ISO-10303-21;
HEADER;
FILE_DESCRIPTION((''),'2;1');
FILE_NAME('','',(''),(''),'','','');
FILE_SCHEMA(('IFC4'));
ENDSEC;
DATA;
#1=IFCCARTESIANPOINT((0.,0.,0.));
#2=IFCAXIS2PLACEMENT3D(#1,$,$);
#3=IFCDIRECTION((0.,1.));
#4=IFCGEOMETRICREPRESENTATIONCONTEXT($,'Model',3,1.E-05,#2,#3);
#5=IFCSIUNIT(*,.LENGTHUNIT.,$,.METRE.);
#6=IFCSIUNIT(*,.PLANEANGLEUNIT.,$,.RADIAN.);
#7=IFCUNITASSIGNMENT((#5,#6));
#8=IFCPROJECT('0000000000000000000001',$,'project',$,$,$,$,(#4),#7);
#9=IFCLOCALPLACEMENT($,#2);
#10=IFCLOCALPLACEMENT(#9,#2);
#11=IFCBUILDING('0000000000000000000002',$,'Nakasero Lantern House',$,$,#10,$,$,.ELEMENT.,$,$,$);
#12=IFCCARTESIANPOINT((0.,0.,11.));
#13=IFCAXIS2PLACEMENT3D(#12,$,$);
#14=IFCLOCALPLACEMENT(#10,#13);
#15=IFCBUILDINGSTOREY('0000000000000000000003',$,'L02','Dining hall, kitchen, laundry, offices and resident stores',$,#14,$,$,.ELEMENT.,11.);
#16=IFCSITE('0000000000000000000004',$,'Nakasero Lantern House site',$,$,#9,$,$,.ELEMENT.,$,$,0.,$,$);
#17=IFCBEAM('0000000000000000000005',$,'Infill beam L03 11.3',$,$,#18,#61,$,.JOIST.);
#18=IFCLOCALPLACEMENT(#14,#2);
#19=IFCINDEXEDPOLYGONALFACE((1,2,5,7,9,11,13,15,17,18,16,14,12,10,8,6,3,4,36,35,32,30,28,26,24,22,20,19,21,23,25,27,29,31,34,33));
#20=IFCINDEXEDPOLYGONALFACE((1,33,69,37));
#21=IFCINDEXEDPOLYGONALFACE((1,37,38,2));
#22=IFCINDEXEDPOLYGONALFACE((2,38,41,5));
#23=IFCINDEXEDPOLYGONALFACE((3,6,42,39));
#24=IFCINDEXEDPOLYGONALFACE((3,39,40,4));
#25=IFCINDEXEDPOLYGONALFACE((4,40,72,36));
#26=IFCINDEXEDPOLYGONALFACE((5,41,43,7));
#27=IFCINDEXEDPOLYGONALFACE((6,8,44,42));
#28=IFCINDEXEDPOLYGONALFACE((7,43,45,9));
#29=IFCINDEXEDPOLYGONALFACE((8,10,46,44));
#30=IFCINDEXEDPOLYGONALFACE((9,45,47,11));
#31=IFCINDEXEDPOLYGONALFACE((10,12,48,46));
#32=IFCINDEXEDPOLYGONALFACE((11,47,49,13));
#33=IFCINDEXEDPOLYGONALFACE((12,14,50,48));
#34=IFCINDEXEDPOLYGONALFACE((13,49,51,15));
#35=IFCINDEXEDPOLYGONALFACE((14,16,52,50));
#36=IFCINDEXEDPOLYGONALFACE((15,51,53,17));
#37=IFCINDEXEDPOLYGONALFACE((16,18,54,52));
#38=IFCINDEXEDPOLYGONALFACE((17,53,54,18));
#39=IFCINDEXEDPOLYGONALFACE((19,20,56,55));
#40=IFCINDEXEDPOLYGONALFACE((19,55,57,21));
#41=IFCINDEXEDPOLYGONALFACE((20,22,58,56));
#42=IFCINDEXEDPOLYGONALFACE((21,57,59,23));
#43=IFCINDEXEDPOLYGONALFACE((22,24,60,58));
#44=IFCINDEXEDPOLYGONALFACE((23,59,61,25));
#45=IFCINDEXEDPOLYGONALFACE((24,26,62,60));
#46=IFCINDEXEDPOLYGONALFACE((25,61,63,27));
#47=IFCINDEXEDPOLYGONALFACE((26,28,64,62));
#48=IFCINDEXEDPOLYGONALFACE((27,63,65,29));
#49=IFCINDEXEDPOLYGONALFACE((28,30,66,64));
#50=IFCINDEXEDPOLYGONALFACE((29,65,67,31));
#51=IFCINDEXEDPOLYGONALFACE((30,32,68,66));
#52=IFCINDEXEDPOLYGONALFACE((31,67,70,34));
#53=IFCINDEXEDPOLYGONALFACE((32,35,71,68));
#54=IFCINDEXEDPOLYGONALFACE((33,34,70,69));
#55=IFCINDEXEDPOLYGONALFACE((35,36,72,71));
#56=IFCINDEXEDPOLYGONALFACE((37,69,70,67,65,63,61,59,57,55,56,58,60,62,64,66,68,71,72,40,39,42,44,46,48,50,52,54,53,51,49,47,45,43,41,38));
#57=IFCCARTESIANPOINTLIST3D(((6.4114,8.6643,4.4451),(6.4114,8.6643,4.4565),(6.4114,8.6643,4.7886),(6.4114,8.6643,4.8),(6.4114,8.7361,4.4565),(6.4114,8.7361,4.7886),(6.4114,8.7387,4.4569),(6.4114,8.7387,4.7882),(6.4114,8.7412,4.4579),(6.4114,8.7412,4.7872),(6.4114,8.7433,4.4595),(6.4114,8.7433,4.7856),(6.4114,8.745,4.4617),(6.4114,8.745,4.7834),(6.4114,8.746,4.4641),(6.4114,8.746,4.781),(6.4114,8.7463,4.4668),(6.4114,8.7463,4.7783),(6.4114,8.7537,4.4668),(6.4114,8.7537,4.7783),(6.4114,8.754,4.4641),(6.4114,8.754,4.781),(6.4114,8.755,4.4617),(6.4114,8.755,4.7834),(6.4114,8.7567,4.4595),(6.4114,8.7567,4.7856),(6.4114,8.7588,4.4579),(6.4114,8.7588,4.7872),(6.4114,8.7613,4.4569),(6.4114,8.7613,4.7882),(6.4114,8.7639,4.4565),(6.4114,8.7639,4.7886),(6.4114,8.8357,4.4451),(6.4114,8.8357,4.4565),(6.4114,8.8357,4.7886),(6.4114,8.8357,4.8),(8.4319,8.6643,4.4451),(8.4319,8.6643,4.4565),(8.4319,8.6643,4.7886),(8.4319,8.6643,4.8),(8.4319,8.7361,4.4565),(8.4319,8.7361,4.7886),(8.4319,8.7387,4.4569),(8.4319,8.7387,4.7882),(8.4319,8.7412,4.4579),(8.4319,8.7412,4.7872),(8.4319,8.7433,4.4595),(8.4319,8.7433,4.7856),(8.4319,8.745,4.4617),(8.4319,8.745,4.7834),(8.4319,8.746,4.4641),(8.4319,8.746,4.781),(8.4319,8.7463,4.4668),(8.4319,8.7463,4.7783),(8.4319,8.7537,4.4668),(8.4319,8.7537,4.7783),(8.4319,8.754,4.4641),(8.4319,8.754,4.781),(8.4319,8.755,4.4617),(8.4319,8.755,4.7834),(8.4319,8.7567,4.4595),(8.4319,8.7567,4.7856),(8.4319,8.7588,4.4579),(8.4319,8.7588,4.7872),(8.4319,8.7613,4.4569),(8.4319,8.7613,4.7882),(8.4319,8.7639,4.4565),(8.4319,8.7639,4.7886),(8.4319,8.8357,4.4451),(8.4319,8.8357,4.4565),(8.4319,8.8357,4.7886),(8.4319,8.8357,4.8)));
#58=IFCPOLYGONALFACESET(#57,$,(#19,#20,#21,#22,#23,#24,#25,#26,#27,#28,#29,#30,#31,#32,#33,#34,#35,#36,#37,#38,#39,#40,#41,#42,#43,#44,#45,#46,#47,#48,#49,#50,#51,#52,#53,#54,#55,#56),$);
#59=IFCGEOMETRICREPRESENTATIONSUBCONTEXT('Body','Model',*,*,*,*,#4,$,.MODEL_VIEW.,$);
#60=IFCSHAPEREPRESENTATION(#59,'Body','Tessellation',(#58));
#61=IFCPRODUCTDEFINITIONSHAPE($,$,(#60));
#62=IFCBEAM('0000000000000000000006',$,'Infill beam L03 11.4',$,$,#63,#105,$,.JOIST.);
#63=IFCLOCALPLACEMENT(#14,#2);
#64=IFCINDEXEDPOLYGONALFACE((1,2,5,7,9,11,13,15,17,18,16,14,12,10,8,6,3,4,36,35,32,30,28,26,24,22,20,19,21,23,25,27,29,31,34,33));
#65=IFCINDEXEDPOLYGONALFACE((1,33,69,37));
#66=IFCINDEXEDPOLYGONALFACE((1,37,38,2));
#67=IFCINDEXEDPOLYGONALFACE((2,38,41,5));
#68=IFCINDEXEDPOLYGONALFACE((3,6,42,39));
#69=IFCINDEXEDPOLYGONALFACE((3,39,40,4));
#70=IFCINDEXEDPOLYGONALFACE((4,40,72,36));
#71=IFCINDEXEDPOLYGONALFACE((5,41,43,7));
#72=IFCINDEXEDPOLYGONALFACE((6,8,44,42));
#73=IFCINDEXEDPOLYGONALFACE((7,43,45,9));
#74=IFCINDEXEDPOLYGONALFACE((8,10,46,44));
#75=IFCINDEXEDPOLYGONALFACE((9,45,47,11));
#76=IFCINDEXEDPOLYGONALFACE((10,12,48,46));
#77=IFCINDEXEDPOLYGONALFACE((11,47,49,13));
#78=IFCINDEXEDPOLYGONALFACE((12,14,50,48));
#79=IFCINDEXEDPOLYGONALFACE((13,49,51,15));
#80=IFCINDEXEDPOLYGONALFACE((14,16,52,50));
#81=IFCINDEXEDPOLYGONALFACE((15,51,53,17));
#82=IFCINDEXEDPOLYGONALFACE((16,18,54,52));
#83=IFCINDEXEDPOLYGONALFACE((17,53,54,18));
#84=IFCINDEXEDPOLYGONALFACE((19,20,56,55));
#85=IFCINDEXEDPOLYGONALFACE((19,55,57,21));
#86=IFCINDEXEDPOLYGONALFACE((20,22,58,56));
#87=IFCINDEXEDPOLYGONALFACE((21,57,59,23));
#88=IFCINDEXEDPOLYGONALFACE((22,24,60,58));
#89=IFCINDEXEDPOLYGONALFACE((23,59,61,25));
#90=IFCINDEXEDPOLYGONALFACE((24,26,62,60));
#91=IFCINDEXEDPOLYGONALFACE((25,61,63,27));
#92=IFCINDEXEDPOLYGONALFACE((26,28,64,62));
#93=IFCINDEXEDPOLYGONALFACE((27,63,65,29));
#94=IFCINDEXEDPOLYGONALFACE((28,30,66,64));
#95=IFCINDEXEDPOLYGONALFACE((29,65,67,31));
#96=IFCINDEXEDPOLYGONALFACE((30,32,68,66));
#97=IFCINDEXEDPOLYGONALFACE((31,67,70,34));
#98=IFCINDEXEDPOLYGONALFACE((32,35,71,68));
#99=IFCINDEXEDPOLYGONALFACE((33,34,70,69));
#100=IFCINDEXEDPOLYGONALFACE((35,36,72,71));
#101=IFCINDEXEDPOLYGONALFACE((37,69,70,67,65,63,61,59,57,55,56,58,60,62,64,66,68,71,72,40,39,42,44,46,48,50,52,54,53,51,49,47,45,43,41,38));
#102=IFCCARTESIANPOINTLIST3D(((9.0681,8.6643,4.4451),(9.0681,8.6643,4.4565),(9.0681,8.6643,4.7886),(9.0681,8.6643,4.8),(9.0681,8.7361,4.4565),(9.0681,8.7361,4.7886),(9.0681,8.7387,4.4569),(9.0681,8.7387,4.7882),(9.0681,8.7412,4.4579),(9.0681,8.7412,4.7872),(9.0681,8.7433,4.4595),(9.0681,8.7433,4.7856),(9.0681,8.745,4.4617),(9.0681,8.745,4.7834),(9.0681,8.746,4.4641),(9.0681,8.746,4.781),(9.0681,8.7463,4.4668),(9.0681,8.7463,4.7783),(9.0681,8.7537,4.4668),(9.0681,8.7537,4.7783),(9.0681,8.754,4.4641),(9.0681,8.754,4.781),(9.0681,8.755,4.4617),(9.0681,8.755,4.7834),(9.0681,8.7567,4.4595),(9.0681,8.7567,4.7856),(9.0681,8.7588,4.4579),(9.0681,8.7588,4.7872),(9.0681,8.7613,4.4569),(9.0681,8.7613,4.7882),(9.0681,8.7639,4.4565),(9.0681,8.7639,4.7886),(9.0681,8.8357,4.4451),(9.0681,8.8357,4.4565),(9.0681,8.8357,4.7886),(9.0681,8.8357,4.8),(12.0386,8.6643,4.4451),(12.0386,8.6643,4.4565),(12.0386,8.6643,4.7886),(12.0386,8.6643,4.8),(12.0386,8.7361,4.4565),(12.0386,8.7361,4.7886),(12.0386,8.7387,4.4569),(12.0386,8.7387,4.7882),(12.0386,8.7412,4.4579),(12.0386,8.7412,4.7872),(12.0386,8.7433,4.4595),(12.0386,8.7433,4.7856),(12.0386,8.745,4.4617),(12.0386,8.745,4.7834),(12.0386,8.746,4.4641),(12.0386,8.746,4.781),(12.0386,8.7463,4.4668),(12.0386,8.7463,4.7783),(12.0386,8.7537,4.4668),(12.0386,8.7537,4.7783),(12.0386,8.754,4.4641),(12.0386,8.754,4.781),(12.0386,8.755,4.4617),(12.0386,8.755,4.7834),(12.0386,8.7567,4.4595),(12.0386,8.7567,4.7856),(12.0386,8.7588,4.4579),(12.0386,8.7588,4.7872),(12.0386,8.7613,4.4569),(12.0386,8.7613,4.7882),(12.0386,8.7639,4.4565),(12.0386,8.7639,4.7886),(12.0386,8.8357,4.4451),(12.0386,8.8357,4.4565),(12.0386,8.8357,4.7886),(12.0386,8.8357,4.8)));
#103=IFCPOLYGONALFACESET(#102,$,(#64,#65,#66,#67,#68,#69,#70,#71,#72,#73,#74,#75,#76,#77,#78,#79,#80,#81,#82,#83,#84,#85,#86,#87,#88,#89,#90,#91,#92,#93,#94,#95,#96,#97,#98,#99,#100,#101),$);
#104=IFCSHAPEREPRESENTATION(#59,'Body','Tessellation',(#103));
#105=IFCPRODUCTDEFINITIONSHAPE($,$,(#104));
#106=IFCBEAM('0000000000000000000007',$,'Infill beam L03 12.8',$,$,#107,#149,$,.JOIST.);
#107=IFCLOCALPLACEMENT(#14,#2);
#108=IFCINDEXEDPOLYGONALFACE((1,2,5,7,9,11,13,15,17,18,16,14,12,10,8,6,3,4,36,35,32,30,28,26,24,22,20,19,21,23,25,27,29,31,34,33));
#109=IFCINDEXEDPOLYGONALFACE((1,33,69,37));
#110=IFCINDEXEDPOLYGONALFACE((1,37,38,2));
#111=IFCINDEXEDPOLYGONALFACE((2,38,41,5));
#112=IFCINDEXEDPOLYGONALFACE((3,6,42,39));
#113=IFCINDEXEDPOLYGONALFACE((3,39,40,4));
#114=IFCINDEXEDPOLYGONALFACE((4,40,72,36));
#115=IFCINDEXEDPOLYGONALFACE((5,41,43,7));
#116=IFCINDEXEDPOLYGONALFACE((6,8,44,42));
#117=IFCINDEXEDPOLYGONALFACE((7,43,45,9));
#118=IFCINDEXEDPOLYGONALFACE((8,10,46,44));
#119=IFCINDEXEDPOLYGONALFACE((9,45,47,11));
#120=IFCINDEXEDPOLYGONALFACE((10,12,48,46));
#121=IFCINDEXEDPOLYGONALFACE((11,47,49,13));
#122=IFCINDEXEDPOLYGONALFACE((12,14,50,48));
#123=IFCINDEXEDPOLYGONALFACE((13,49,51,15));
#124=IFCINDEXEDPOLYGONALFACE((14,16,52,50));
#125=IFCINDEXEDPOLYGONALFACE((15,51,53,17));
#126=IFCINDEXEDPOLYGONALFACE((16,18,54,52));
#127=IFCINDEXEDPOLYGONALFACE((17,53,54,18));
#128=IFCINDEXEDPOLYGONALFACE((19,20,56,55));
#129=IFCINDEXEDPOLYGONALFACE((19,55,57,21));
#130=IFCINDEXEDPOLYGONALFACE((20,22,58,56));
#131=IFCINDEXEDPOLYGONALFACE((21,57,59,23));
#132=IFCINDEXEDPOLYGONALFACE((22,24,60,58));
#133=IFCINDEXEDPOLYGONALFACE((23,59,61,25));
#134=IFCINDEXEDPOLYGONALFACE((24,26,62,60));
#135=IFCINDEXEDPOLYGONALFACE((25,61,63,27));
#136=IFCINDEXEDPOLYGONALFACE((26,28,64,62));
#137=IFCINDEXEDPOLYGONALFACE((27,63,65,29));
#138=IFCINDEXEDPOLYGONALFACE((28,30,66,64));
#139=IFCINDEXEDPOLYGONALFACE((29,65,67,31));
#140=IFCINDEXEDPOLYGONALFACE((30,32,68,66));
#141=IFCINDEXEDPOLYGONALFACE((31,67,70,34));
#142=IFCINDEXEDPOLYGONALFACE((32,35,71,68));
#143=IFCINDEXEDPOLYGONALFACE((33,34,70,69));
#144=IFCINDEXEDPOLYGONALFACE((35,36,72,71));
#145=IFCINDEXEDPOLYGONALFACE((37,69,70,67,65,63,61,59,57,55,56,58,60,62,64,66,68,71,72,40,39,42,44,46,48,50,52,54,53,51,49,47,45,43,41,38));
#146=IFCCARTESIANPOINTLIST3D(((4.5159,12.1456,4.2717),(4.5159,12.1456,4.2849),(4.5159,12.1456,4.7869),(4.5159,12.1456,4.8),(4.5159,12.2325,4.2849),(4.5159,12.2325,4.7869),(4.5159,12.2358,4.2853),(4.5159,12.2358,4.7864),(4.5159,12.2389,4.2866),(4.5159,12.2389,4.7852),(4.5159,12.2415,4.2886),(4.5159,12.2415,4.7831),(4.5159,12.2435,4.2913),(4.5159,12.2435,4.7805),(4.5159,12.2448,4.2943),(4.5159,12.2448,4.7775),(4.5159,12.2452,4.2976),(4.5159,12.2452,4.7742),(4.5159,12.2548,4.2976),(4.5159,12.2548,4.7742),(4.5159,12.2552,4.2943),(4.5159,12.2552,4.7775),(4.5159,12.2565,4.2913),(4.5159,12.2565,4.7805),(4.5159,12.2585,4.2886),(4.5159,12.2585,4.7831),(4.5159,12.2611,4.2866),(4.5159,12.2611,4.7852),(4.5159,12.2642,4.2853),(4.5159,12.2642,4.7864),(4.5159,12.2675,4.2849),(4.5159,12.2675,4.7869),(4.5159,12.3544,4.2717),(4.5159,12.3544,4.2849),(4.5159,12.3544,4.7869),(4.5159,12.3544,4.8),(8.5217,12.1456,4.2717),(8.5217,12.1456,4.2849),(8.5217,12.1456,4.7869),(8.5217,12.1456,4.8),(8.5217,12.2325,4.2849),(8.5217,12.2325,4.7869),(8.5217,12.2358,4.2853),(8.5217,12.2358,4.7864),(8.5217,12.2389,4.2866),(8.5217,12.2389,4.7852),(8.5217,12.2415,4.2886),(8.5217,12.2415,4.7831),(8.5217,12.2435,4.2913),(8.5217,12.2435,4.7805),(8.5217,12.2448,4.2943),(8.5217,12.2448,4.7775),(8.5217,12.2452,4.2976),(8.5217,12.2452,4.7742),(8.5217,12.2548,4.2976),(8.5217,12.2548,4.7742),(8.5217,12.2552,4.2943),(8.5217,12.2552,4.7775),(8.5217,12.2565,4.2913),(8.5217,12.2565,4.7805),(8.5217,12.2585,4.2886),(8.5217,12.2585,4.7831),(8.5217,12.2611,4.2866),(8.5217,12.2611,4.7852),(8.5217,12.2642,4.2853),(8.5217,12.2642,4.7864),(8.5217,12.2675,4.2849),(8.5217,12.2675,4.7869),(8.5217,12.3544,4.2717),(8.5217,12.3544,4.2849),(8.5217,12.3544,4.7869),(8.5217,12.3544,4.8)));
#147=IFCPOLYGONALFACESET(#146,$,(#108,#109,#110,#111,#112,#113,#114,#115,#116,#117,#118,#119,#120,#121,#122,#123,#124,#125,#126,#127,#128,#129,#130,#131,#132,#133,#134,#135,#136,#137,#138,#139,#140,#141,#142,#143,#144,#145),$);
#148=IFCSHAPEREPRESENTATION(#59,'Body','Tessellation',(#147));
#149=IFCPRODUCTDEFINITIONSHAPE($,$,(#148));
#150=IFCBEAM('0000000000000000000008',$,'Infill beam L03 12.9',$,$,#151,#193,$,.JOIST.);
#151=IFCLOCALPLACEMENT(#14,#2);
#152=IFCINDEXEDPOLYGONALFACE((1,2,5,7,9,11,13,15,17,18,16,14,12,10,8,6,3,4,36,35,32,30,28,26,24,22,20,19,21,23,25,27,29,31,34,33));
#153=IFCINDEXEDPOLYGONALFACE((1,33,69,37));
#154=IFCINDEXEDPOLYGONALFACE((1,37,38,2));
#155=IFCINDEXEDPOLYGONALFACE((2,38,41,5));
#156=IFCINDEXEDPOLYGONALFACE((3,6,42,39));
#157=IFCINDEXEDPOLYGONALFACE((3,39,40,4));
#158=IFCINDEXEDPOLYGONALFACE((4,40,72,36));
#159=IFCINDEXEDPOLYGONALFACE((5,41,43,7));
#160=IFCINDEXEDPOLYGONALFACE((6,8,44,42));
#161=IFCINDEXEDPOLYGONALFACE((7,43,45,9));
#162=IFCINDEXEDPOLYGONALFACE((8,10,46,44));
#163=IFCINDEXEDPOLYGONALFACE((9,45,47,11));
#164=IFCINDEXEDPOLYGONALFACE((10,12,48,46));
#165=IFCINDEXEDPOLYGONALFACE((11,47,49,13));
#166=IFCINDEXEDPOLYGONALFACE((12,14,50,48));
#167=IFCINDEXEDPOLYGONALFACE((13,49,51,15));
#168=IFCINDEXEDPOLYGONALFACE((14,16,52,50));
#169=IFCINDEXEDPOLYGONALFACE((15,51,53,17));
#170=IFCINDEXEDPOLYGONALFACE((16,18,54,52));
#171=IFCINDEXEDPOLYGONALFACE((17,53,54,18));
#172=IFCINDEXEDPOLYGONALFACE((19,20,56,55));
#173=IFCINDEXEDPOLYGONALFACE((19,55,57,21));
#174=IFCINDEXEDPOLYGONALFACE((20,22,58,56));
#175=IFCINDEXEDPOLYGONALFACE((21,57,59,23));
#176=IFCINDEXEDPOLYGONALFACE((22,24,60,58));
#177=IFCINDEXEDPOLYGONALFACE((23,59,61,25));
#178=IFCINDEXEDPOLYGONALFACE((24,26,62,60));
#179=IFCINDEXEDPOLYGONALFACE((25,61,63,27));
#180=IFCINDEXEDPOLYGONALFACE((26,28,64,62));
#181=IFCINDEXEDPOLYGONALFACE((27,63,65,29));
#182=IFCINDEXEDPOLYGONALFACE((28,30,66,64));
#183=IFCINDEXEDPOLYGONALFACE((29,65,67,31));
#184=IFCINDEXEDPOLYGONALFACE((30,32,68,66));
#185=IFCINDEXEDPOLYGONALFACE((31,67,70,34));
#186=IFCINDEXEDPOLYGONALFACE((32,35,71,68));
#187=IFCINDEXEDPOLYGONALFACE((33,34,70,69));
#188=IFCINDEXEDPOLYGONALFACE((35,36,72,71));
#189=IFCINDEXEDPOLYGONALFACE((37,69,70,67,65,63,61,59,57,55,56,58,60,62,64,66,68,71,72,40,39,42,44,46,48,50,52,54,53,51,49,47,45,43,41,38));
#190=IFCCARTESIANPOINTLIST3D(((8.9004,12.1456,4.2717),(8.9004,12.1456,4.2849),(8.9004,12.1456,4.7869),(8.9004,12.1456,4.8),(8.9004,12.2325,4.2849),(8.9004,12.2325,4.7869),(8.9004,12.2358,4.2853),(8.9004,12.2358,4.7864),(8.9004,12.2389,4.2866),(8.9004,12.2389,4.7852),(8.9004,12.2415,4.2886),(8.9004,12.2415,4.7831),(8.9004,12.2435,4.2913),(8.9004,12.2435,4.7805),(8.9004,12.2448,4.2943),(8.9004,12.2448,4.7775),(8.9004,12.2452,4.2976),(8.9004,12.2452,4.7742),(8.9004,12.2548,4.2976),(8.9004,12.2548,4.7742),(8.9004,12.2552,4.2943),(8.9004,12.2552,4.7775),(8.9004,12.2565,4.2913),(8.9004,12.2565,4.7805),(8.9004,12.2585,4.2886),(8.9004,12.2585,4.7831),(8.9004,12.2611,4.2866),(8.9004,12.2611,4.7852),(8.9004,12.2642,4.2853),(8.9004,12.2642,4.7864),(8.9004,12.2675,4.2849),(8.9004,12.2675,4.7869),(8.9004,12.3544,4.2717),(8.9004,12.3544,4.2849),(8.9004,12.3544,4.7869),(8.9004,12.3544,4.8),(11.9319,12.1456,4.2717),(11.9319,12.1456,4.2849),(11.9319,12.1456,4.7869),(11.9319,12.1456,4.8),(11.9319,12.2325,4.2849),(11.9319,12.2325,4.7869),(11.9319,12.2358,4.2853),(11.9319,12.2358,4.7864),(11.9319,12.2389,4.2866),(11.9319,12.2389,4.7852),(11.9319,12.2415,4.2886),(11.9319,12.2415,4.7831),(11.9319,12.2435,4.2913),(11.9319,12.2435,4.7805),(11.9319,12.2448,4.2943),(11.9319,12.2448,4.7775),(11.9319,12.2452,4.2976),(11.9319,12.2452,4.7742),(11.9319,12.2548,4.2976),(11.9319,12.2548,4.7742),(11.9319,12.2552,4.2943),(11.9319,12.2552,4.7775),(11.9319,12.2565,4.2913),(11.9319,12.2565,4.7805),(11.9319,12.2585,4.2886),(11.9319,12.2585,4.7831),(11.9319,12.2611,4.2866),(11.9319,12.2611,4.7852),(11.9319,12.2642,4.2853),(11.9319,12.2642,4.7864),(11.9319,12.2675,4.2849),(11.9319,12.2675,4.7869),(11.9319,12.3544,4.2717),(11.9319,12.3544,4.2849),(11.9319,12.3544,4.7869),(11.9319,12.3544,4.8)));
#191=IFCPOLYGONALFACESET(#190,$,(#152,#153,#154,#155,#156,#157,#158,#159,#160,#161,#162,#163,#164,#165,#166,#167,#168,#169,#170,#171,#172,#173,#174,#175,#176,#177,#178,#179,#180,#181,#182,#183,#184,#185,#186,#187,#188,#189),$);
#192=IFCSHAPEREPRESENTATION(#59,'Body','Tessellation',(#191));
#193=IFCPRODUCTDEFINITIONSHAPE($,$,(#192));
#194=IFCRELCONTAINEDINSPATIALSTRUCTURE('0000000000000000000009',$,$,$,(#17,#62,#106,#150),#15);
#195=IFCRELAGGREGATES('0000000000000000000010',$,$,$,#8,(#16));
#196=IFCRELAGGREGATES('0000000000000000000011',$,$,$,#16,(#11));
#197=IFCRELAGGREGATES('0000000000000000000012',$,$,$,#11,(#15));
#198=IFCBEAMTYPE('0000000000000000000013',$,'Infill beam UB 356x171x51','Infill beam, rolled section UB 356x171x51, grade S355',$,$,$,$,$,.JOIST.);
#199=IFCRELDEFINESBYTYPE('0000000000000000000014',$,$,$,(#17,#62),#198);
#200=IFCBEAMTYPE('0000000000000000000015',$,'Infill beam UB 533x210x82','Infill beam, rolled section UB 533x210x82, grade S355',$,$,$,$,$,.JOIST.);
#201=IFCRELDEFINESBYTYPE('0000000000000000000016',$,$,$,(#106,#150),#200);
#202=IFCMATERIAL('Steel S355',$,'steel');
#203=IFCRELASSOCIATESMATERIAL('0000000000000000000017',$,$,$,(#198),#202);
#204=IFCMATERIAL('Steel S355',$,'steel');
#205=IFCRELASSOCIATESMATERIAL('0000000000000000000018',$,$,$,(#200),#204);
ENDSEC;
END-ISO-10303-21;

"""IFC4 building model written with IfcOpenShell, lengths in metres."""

from ifc_helpers import new_model, si_unit, direction, frame, origin, origin_2d, place, context, subcontext, project, spatial, i_section, extrude, material, material_profile, profile_set, type_object, element, save


model = new_model("IFC4")

# Units and contexts
model_context = context("Model", 3, precision=1e-05, world=origin(), true_north=direction((0.0, 1.0)))
body_context = subcontext(model_context, "Body", "Model", "MODEL_VIEW")
ifc_project = project(units=[si_unit("LENGTHUNIT", "METRE"), si_unit("PLANEANGLEUNIT", "RADIAN")], contexts=[model_context])

# Site, building, storey
site_placement = place(None, origin())
site = spatial("IfcSite", under=ifc_project, at=site_placement, Name="Nakasero Lantern House site", CompositionType="ELEMENT", RefElevation=0.0)
building_placement = place(site_placement, origin())
building = spatial("IfcBuilding", under=site, at=building_placement, Name="Nakasero Lantern House", CompositionType="ELEMENT")
storey_placement = place(building_placement, frame((0.0, 0.0, 11.0)))
storey = spatial("IfcBuildingStorey", under=building, at=storey_placement, Name="L02", Description="Dining hall, kitchen, laundry, offices and resident stores", CompositionType="ELEMENT", Elevation=11.0)

# Beams
ifc_material_1 = material(Name="Steel S355", Category="steel")
ifc_material_profile_1 = material_profile(ifc_material_1, i_section(OverallWidth=0.1714, OverallDepth=0.355, WebThickness=0.0073, FlangeThickness=0.0115, FilletRadius=0.0103, at=origin_2d()), Name="UB 356x171x51")
ifc_profile_set_1 = profile_set([ifc_material_profile_1], Name="Steel S355")
beam_type_1 = type_object("IfcBeamType", Name="Infill beam UB 356x171x51", Description="Infill beam, rolled section UB 356x171x51, grade S355", PredefinedType="JOIST", material=ifc_profile_set_1)
beam_1_placement = place(storey_placement, frame((6.4114, 8.75, 4.6226), z_axis=(1.0, 0.0, 0.0), x_axis=(0.0, 1.0, 0.0)))
element("IfcBeam", 1, at=beam_1_placement, inside=storey, type_object=beam_type_1, Name="Infill beam L03 11.3", PredefinedType="JOIST", context=body_context, shape_type="SweptSolid", body=[
    extrude(i_section(OverallWidth=0.1714, OverallDepth=0.355, WebThickness=0.0073, FlangeThickness=0.0115, FilletRadius=0.0103, at=origin_2d()), origin(), (0.0, 0.0, 1.0), 2.0205),
])
beam_2_placement = place(storey_placement, frame((9.0681, 8.75, 4.6226), z_axis=(1.0, 0.0, 0.0), x_axis=(0.0, 1.0, 0.0)))
element("IfcBeam", 2, at=beam_2_placement, inside=storey, type_object=beam_type_1, Name="Infill beam L03 11.4", PredefinedType="JOIST", context=body_context, shape_type="SweptSolid", body=[
    extrude(i_section(OverallWidth=0.1714, OverallDepth=0.355, WebThickness=0.0073, FlangeThickness=0.0115, FilletRadius=0.0103, at=origin_2d()), origin(), (0.0, 0.0, 1.0), 2.9705),
])
ifc_material_2 = material(Name="Steel S355", Category="steel")
ifc_material_profile_2 = material_profile(ifc_material_2, i_section(OverallWidth=0.2087, OverallDepth=0.5283, WebThickness=0.0095, FlangeThickness=0.0132, FilletRadius=0.0127, at=origin_2d()), Name="UB 533x210x82")
ifc_profile_set_2 = profile_set([ifc_material_profile_2], Name="Steel S355")
beam_type_2 = type_object("IfcBeamType", Name="Infill beam UB 533x210x82", Description="Infill beam, rolled section UB 533x210x82, grade S355", PredefinedType="JOIST", material=ifc_profile_set_2)
beam_3_placement = place(storey_placement, frame((4.5159, 12.25, 4.5359), z_axis=(1.0, 0.0, 0.0), x_axis=(0.0, 1.0, 0.0)))
element("IfcBeam", 3, at=beam_3_placement, inside=storey, type_object=beam_type_2, Name="Infill beam L03 12.8", PredefinedType="JOIST", context=body_context, shape_type="SweptSolid", body=[
    extrude(i_section(OverallWidth=0.2087, OverallDepth=0.5283, WebThickness=0.0095, FlangeThickness=0.0132, FilletRadius=0.0127, at=origin_2d()), origin(), (0.0, 0.0, 1.0), 4.0059),
])
beam_4_placement = place(storey_placement, frame((8.9004, 12.25, 4.5359), z_axis=(1.0, 0.0, 0.0), x_axis=(0.0, 1.0, 0.0)))
element("IfcBeam", 4, at=beam_4_placement, inside=storey, type_object=beam_type_2, Name="Infill beam L03 12.9", PredefinedType="JOIST", context=body_context, shape_type="SweptSolid", body=[
    extrude(i_section(OverallWidth=0.2087, OverallDepth=0.5283, WebThickness=0.0095, FlangeThickness=0.0132, FilletRadius=0.0127, at=origin_2d()), origin(), (0.0, 0.0, 1.0), 3.0315),
])

save(model, "model.ifc")
